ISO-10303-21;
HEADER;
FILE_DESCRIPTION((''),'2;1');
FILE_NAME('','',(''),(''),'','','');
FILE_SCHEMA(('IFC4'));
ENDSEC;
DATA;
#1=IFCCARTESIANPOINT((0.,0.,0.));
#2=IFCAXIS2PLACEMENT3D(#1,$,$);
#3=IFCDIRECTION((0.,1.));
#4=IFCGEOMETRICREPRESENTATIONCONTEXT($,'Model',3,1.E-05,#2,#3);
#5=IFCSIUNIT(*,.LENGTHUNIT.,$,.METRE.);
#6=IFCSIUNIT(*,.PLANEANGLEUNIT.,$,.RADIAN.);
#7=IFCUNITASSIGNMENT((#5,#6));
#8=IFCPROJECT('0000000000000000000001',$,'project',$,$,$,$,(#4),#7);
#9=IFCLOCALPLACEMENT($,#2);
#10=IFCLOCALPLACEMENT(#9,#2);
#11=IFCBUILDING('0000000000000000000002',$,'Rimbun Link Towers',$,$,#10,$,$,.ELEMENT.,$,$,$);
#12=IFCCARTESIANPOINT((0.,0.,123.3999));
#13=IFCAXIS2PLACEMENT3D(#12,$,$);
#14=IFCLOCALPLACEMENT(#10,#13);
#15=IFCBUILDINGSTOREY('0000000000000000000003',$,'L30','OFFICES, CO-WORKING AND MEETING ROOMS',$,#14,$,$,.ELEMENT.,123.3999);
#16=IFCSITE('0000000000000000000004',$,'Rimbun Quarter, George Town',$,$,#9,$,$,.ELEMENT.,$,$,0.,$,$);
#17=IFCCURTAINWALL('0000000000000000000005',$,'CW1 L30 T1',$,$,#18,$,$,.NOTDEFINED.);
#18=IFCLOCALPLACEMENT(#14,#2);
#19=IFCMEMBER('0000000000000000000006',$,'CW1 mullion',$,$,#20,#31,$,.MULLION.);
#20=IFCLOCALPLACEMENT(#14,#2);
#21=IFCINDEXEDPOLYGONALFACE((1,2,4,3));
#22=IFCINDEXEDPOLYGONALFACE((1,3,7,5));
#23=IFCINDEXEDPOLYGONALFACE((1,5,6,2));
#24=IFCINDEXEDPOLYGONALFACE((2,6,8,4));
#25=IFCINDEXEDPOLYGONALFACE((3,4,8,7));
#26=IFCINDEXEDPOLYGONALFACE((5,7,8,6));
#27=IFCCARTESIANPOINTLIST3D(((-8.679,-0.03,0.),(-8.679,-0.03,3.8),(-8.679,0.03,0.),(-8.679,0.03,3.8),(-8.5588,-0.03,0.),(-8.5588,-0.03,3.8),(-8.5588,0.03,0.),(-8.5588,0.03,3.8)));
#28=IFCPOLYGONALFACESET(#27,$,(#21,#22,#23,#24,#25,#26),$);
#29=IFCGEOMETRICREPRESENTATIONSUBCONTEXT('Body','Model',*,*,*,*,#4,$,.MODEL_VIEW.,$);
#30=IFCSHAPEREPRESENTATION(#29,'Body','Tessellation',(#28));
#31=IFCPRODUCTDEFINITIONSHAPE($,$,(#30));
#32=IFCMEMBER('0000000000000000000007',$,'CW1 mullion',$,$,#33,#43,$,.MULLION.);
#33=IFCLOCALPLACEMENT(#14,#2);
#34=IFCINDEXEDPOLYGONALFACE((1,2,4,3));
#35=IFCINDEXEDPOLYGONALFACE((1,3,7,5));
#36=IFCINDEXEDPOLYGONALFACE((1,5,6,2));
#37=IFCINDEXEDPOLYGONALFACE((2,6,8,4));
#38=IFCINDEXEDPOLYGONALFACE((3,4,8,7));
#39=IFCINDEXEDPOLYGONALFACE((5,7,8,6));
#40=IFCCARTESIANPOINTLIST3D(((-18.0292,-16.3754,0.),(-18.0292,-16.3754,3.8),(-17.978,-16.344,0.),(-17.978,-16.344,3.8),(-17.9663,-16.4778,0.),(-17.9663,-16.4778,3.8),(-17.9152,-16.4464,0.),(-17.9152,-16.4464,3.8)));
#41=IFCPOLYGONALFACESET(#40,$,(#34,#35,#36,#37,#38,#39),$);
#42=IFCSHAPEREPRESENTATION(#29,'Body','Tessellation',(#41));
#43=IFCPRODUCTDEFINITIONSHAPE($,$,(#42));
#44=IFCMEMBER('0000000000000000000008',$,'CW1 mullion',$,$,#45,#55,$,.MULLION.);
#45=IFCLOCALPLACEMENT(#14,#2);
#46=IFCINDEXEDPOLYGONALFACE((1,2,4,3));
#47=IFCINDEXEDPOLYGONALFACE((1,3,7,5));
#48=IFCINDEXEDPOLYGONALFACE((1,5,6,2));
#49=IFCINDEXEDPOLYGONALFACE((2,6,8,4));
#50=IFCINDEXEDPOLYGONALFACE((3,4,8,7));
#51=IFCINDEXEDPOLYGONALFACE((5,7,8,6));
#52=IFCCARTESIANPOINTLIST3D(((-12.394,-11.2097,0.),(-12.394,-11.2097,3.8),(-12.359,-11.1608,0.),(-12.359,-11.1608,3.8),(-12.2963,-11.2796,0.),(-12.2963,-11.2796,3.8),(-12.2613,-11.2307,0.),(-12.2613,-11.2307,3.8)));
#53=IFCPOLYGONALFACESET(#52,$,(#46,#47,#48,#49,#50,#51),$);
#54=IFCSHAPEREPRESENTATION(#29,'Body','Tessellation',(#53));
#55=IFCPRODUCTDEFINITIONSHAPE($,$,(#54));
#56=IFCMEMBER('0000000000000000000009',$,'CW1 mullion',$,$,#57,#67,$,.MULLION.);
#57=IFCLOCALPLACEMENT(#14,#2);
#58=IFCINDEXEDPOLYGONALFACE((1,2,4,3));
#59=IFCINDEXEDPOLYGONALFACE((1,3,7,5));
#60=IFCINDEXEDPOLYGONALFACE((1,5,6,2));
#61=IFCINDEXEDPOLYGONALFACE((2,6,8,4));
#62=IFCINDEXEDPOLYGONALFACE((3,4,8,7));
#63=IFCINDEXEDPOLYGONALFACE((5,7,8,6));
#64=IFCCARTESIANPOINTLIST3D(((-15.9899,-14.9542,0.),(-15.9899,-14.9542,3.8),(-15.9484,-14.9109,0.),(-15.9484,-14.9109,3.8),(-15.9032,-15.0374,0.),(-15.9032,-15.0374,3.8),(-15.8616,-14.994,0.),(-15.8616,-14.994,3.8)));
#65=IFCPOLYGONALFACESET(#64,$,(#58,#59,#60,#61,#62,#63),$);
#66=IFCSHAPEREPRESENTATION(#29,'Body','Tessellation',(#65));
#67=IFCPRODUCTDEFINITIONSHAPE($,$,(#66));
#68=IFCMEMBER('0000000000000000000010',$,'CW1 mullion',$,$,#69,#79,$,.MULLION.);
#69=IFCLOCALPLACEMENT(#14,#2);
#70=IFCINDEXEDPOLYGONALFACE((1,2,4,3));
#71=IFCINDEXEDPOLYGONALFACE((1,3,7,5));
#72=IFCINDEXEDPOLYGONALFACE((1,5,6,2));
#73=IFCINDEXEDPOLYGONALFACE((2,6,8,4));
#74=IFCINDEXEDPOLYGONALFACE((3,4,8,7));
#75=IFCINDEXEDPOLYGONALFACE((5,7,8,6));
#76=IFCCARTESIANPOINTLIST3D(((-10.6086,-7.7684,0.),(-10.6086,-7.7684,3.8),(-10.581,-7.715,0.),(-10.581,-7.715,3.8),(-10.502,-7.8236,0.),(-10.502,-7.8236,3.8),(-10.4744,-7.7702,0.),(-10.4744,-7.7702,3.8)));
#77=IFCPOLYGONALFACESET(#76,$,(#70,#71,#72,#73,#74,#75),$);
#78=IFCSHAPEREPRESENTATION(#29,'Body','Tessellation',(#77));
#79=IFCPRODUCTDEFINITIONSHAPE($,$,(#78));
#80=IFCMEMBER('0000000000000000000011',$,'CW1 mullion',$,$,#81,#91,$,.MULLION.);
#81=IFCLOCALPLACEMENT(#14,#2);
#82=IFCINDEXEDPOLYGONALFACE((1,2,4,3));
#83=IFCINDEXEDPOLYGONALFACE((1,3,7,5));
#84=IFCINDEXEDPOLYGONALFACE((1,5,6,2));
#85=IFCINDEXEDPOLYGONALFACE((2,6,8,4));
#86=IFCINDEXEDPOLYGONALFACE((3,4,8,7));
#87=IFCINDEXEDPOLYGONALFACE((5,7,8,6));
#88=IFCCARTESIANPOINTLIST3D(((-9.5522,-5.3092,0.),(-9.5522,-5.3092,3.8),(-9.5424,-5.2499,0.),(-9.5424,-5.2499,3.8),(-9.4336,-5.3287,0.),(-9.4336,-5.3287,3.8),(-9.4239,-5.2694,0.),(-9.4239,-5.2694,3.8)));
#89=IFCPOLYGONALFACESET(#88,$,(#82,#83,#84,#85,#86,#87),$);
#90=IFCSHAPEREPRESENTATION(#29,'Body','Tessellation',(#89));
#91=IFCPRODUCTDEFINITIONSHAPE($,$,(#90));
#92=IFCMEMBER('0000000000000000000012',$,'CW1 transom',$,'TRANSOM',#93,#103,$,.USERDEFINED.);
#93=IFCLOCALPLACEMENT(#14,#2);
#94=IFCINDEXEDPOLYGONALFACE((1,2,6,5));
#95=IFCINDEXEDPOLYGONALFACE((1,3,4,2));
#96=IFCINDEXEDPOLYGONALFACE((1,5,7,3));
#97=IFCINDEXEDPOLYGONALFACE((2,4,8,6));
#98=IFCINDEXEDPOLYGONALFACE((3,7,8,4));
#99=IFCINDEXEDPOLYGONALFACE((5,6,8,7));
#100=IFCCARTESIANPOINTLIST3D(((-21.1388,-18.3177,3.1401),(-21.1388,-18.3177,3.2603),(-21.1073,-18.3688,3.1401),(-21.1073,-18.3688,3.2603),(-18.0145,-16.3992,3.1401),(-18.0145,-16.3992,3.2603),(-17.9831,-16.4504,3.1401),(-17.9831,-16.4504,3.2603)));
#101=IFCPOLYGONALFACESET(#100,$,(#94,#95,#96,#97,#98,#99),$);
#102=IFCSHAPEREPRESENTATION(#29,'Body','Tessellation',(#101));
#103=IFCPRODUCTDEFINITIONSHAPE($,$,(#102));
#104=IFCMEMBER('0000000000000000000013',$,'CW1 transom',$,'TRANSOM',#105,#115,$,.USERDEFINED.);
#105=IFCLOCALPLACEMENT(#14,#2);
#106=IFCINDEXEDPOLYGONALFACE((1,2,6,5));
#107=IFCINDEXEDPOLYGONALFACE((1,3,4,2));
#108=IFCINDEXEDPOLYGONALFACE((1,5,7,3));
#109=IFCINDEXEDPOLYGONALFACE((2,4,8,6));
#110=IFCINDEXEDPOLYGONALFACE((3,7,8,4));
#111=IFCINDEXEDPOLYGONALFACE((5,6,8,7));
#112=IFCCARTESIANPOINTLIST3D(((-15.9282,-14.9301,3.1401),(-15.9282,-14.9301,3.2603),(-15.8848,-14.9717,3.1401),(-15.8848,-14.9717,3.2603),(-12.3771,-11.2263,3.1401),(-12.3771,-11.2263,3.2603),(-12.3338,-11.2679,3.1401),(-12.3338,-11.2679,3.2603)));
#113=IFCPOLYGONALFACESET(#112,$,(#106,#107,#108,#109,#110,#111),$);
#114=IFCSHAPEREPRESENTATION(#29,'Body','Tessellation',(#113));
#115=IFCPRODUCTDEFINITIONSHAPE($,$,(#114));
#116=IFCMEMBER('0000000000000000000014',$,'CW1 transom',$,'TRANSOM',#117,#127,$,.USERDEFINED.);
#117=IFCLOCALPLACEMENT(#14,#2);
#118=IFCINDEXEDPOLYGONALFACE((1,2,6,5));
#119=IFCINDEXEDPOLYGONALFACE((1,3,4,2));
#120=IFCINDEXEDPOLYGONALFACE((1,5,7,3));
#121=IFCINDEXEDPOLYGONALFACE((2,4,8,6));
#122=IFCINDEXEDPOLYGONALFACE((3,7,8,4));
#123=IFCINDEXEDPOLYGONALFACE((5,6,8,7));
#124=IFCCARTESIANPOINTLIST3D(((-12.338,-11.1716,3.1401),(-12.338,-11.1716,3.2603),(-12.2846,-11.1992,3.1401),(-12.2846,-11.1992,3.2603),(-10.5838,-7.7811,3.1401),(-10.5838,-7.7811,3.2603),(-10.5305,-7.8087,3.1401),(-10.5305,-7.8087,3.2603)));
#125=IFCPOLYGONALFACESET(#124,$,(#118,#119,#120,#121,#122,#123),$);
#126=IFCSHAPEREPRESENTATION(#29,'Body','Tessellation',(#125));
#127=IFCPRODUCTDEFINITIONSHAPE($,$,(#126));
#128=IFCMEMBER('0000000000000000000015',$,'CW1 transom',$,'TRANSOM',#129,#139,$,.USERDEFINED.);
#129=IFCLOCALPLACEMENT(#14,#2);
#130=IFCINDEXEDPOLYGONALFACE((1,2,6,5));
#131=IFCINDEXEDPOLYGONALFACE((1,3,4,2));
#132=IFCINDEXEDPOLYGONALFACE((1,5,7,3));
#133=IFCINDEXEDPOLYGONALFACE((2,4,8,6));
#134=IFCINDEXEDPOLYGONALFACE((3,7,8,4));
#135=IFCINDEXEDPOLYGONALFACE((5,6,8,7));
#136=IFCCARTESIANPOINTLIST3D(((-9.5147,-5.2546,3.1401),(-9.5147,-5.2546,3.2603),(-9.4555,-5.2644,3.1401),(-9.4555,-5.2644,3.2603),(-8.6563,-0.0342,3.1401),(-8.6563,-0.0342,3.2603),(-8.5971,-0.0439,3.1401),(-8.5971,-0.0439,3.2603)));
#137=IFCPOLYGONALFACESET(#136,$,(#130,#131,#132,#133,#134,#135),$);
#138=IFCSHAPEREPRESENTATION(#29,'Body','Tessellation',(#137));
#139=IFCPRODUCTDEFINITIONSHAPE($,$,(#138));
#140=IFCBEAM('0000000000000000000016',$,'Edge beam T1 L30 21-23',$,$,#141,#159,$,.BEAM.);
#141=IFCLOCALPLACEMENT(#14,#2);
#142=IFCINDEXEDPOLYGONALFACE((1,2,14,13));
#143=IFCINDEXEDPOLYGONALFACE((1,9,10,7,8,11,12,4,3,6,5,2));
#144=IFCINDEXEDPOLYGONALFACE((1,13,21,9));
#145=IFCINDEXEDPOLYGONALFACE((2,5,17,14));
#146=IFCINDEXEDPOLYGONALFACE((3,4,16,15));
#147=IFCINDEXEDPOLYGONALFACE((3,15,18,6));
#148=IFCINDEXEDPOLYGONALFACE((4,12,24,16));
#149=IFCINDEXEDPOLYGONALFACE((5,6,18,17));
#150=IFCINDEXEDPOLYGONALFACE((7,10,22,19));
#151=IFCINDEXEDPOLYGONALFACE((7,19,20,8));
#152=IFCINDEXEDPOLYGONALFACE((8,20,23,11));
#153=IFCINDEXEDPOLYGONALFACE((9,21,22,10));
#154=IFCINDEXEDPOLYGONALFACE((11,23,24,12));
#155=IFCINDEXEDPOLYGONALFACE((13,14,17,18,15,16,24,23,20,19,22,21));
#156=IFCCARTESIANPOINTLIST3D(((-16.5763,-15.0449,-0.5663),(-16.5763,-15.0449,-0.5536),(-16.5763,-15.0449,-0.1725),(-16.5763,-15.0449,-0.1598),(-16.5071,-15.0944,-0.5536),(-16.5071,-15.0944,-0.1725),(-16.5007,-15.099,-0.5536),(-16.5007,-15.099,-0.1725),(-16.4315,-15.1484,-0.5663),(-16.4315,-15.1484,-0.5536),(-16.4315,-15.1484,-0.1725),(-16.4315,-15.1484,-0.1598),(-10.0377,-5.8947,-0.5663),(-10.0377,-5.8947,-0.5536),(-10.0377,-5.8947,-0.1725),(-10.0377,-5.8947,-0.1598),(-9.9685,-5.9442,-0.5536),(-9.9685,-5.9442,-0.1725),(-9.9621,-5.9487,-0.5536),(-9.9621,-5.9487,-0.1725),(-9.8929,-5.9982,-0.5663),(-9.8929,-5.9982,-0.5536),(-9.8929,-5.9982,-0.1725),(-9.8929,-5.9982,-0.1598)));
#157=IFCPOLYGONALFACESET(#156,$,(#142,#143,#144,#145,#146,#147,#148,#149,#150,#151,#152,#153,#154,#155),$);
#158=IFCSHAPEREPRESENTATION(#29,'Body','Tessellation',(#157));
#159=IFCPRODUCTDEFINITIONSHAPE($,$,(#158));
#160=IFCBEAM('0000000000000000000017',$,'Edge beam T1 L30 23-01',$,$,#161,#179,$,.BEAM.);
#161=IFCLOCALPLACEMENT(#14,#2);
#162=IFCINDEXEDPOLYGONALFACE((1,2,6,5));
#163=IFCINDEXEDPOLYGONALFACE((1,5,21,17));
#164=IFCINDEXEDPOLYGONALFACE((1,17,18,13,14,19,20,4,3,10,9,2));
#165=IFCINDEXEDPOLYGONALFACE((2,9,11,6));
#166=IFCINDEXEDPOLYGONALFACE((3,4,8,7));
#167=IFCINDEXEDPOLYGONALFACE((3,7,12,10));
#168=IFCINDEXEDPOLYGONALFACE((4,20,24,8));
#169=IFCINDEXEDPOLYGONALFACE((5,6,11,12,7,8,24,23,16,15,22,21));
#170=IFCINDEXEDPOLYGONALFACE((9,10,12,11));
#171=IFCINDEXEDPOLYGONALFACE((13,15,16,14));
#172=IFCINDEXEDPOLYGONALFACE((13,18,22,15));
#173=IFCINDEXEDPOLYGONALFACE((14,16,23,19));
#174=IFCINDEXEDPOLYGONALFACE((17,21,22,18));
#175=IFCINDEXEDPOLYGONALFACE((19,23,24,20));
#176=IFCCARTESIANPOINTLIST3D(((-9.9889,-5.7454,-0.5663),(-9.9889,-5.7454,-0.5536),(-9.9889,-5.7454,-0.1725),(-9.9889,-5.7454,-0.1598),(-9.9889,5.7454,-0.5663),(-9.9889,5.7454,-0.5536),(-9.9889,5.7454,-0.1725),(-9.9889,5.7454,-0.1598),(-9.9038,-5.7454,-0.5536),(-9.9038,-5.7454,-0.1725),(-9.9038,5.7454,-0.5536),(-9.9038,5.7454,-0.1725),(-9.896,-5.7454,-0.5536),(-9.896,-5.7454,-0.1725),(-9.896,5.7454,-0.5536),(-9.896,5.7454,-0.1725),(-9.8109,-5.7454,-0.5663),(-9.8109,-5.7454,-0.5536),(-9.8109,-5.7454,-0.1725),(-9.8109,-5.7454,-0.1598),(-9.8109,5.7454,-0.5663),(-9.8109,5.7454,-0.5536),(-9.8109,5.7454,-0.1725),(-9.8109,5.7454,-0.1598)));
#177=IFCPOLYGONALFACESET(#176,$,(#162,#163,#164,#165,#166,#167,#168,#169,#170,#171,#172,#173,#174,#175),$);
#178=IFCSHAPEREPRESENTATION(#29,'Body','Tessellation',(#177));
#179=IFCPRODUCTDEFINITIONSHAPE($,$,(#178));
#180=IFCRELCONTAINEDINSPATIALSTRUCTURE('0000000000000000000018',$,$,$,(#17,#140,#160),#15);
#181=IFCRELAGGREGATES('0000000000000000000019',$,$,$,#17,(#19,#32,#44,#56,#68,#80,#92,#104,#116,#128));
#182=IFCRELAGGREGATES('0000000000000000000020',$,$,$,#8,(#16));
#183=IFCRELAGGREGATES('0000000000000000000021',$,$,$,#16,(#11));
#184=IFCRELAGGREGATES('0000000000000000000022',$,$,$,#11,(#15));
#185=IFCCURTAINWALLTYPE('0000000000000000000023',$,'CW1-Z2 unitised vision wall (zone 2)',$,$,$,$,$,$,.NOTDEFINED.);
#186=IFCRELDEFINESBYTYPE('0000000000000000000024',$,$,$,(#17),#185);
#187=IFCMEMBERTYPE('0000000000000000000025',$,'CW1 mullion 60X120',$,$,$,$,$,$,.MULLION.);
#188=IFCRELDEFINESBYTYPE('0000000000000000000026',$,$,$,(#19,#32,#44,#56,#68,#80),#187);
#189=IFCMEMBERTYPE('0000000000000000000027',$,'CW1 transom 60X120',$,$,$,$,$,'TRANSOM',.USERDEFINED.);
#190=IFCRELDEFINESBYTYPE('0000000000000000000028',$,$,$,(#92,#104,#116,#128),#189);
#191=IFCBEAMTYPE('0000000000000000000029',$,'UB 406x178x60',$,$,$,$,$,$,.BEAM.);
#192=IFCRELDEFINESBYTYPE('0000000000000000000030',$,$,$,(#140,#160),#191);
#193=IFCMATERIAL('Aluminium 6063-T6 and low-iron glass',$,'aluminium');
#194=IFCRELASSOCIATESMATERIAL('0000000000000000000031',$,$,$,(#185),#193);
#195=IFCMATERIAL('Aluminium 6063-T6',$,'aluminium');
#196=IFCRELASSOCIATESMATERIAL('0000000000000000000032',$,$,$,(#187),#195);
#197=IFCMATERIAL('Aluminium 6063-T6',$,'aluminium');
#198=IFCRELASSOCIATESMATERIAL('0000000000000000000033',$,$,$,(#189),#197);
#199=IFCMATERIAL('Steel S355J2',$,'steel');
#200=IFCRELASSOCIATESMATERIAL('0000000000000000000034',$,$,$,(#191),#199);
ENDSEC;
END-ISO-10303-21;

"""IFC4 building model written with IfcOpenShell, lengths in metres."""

from ifc_helpers import new_model, si_unit, direction, frame, origin, origin_2d, place, context, subcontext, project, spatial, rectangle, i_section, extrude, material, material_profile, profile_set, type_object, element, aggregate, save


model = new_model("IFC4")

# Units and contexts
model_context = context("Model", 3, precision=1e-05, world=origin(), true_north=direction((0.0, 1.0)))
body_context = subcontext(model_context, "Body", "Model", "MODEL_VIEW")
ifc_project = project(units=[si_unit("LENGTHUNIT", "METRE"), si_unit("PLANEANGLEUNIT", "RADIAN")], contexts=[model_context])

# Site, building, storey
site_placement = place(None, origin())
site = spatial("IfcSite", under=ifc_project, at=site_placement, Name="Rimbun Quarter, George Town", CompositionType="ELEMENT", RefElevation=0.0)
building_placement = place(site_placement, origin())
building = spatial("IfcBuilding", under=site, at=building_placement, Name="Rimbun Link Towers", CompositionType="ELEMENT")
storey_placement = place(building_placement, frame((0.0, 0.0, 123.3999)))
storey = spatial("IfcBuildingStorey", under=building, at=storey_placement, Name="L30", Description="OFFICES, CO-WORKING AND MEETING ROOMS", CompositionType="ELEMENT", Elevation=123.3999)

# Curtain wall, members
ifc_material_1 = material(Name="Aluminium 6063-T6 and low-iron glass", Category="aluminium")
curtain_wall_type = type_object("IfcCurtainWallType", Name="CW1-Z2 unitised vision wall (zone 2)", PredefinedType="NOTDEFINED", material=ifc_material_1)
curtain_wall_placement = place(storey_placement, origin())
curtain_wall = element("IfcCurtainWall", 1, at=curtain_wall_placement, inside=storey, type_object=curtain_wall_type, Name="CW1 L30 T1", PredefinedType="NOTDEFINED")
ifc_material_2 = material(Name="Aluminium 6063-T6", Category="aluminium")
ifc_material_profile_1 = material_profile(ifc_material_2, rectangle(XDim=0.1201, YDim=0.0601, at=origin_2d()), Name="MULLION 60X120")
ifc_profile_set_1 = profile_set([ifc_material_profile_1], Name="Aluminium 6063-T6")
member_type_1 = type_object("IfcMemberType", Name="CW1 mullion 60X120", PredefinedType="MULLION", material=ifc_profile_set_1)
member_1_placement = place(storey_placement, frame((-8.6189, 0.0, 0.0), z_axis=(0.0, 0.0, 1.0), x_axis=(1.0, 0.0, 0.0)))
member_1 = element("IfcMember", 2, at=member_1_placement, type_object=member_type_1, Name="CW1 mullion", PredefinedType="MULLION", context=body_context, shape_type="SweptSolid", body=[
    extrude(rectangle(XDim=0.1201, YDim=0.0601, at=origin_2d()), origin(), (0.0, 0.0, 1.0), 3.8),
])
member_2_placement = place(storey_placement, frame((-17.9722, -16.4109, 0.0), z_axis=(0.0, 0.0, 1.0), x_axis=(0.523243, -0.852183, 0.0)))
member_2 = element("IfcMember", 3, at=member_2_placement, type_object=member_type_1, Name="CW1 mullion", PredefinedType="MULLION", context=body_context, shape_type="SweptSolid", body=[
    extrude(rectangle(XDim=0.1201, YDim=0.0601, at=origin_2d()), origin(), (0.0, 0.0, 1.0), 3.8),
])
member_3_placement = place(storey_placement, frame((-12.3276, -11.2202, 0.0), z_axis=(0.0, 0.0, 1.0), x_axis=(0.813348, -0.581777, 0.0)))
member_3 = element("IfcMember", 4, at=member_3_placement, type_object=member_type_1, Name="CW1 mullion", PredefinedType="MULLION", context=body_context, shape_type="SweptSolid", body=[
    extrude(rectangle(XDim=0.1201, YDim=0.0601, at=origin_2d()), origin(), (0.0, 0.0, 1.0), 3.8),
])
member_4_placement = place(storey_placement, frame((-15.9258, -14.9741, 0.0), z_axis=(0.0, 0.0, 1.0), x_axis=(0.721835, -0.692065, 0.0)))
member_4 = element("IfcMember", 5, at=member_4_placement, type_object=member_type_1, Name="CW1 mullion", PredefinedType="MULLION", context=body_context, shape_type="SweptSolid", body=[
    extrude(rectangle(XDim=0.1201, YDim=0.0601, at=origin_2d()), origin(), (0.0, 0.0, 1.0), 3.8),
])
member_5_placement = place(storey_placement, frame((-10.5415, -7.7693, 0.0), z_axis=(0.0, 0.0, 1.0), x_axis=(0.888157, -0.459541, 0.0)))
member_5 = element("IfcMember", 6, at=member_5_placement, type_object=member_type_1, Name="CW1 mullion", PredefinedType="MULLION", context=body_context, shape_type="SweptSolid", body=[
    extrude(rectangle(XDim=0.1201, YDim=0.0601, at=origin_2d()), origin(), (0.0, 0.0, 1.0), 3.8),
])
member_6_placement = place(storey_placement, frame((-9.488, -5.2893, 0.0), z_axis=(0.0, 0.0, 1.0), x_axis=(0.986747, -0.162269, 0.0)))
member_6 = element("IfcMember", 7, at=member_6_placement, type_object=member_type_1, Name="CW1 mullion", PredefinedType="MULLION", context=body_context, shape_type="SweptSolid", body=[
    extrude(rectangle(XDim=0.1201, YDim=0.0601, at=origin_2d()), origin(), (0.0, 0.0, 1.0), 3.8),
])
ifc_material_3 = material(Name="Aluminium 6063-T6", Category="aluminium")
ifc_material_profile_2 = material_profile(ifc_material_3, rectangle(XDim=0.0601, YDim=0.1201, at=origin_2d()), Name="TRANSOM 60X120")
ifc_profile_set_2 = profile_set([ifc_material_profile_2], Name="Aluminium 6063-T6")
member_type_2 = type_object("IfcMemberType", Name="CW1 transom 60X120", ElementType="TRANSOM", PredefinedType="USERDEFINED", material=ifc_profile_set_2)
member_7_placement = place(storey_placement, frame((-17.9988, -16.4248, 3.2002), z_axis=(-0.852165, -0.523272, 0.0), x_axis=(0.523272, -0.852165, 0.0)))
member_7 = element("IfcMember", 8, at=member_7_placement, type_object=member_type_2, Name="CW1 transom", ObjectType="TRANSOM", PredefinedType="USERDEFINED", context=body_context, shape_type="SweptSolid", body=[
    extrude(rectangle(XDim=0.0601, YDim=0.1201, at=origin_2d()), origin(), (0.0, 0.0, 1.0), 3.6663),
])
member_8_placement = place(storey_placement, frame((-12.3555, -11.2471, 3.2002), z_axis=(-0.692057, -0.721843, 0.0), x_axis=(0.721843, -0.692057, 0.0)))
member_8 = element("IfcMember", 9, at=member_8_placement, type_object=member_type_2, Name="CW1 transom", ObjectType="TRANSOM", PredefinedType="USERDEFINED", context=body_context, shape_type="SweptSolid", body=[
    extrude(rectangle(XDim=0.0601, YDim=0.1201, at=origin_2d()), origin(), (0.0, 0.0, 1.0), 5.1311),
])
member_9_placement = place(storey_placement, frame((-10.5571, -7.7949, 3.2002), z_axis=(-0.459527, -0.888164, 0.0), x_axis=(0.888164, -0.459527, 0.0)))
member_9 = element("IfcMember", 10, at=member_9_placement, type_object=member_type_2, Name="CW1 transom", ObjectType="TRANSOM", PredefinedType="USERDEFINED", context=body_context, shape_type="SweptSolid", body=[
    extrude(rectangle(XDim=0.0601, YDim=0.1201, at=origin_2d()), origin(), (0.0, 0.0, 1.0), 3.8174),
])
member_10_placement = place(storey_placement, frame((-8.6267, -0.0391, 3.2002), z_axis=(-0.162251, -0.98675, 0.0), x_axis=(0.98675, -0.162251, 0.0)))
member_10 = element("IfcMember", 11, at=member_10_placement, type_object=member_type_2, Name="CW1 transom", ObjectType="TRANSOM", PredefinedType="USERDEFINED", context=body_context, shape_type="SweptSolid", body=[
    extrude(rectangle(XDim=0.0601, YDim=0.1201, at=origin_2d()), origin(), (0.0, 0.0, 1.0), 5.2905),
])

# Beams
ifc_material_4 = material(Name="Steel S355J2", Category="steel")
ifc_material_profile_3 = material_profile(ifc_material_4, i_section(OverallWidth=0.178, OverallDepth=0.4065, WebThickness=0.0078, FlangeThickness=0.0127, at=origin_2d()), Name="UB 406x178x60")
ifc_profile_set_3 = profile_set([ifc_material_profile_3], Name="Steel S355J2")
beam_type = type_object("IfcBeamType", Name="UB 406x178x60", PredefinedType="BEAM", material=ifc_profile_set_3)
beam_1_placement = place(storey_placement, frame((-16.5039, -15.0967, -0.363), z_axis=(0.5814, 0.813618, 0.0), x_axis=(-0.813618, 0.5814, 0.0)))
element("IfcBeam", 12, at=beam_1_placement, inside=storey, type_object=beam_type, Name="Edge beam T1 L30 21-23", PredefinedType="BEAM", context=body_context, shape_type="SweptSolid", body=[
    extrude(i_section(OverallWidth=0.178, OverallDepth=0.4065, WebThickness=0.0078, FlangeThickness=0.0127, at=origin_2d()), origin(), (0.0, 0.0, 1.0), 11.2463),
])
beam_2_placement = place(storey_placement, frame((-9.8999, -5.7454, -0.363), z_axis=(0.0, 1.0, 0.0), x_axis=(-1.0, 0.0, 0.0)))
element("IfcBeam", 13, at=beam_2_placement, inside=storey, type_object=beam_type, Name="Edge beam T1 L30 23-01", PredefinedType="BEAM", context=body_context, shape_type="SweptSolid", body=[
    extrude(i_section(OverallWidth=0.178, OverallDepth=0.4065, WebThickness=0.0078, FlangeThickness=0.0127, at=origin_2d()), origin(), (0.0, 0.0, 1.0), 11.4907),
])

aggregate(curtain_wall, [member_1, member_2, member_3, member_4, member_5, member_6, member_7, member_8, member_9, member_10])

save(model, "model.ifc")
